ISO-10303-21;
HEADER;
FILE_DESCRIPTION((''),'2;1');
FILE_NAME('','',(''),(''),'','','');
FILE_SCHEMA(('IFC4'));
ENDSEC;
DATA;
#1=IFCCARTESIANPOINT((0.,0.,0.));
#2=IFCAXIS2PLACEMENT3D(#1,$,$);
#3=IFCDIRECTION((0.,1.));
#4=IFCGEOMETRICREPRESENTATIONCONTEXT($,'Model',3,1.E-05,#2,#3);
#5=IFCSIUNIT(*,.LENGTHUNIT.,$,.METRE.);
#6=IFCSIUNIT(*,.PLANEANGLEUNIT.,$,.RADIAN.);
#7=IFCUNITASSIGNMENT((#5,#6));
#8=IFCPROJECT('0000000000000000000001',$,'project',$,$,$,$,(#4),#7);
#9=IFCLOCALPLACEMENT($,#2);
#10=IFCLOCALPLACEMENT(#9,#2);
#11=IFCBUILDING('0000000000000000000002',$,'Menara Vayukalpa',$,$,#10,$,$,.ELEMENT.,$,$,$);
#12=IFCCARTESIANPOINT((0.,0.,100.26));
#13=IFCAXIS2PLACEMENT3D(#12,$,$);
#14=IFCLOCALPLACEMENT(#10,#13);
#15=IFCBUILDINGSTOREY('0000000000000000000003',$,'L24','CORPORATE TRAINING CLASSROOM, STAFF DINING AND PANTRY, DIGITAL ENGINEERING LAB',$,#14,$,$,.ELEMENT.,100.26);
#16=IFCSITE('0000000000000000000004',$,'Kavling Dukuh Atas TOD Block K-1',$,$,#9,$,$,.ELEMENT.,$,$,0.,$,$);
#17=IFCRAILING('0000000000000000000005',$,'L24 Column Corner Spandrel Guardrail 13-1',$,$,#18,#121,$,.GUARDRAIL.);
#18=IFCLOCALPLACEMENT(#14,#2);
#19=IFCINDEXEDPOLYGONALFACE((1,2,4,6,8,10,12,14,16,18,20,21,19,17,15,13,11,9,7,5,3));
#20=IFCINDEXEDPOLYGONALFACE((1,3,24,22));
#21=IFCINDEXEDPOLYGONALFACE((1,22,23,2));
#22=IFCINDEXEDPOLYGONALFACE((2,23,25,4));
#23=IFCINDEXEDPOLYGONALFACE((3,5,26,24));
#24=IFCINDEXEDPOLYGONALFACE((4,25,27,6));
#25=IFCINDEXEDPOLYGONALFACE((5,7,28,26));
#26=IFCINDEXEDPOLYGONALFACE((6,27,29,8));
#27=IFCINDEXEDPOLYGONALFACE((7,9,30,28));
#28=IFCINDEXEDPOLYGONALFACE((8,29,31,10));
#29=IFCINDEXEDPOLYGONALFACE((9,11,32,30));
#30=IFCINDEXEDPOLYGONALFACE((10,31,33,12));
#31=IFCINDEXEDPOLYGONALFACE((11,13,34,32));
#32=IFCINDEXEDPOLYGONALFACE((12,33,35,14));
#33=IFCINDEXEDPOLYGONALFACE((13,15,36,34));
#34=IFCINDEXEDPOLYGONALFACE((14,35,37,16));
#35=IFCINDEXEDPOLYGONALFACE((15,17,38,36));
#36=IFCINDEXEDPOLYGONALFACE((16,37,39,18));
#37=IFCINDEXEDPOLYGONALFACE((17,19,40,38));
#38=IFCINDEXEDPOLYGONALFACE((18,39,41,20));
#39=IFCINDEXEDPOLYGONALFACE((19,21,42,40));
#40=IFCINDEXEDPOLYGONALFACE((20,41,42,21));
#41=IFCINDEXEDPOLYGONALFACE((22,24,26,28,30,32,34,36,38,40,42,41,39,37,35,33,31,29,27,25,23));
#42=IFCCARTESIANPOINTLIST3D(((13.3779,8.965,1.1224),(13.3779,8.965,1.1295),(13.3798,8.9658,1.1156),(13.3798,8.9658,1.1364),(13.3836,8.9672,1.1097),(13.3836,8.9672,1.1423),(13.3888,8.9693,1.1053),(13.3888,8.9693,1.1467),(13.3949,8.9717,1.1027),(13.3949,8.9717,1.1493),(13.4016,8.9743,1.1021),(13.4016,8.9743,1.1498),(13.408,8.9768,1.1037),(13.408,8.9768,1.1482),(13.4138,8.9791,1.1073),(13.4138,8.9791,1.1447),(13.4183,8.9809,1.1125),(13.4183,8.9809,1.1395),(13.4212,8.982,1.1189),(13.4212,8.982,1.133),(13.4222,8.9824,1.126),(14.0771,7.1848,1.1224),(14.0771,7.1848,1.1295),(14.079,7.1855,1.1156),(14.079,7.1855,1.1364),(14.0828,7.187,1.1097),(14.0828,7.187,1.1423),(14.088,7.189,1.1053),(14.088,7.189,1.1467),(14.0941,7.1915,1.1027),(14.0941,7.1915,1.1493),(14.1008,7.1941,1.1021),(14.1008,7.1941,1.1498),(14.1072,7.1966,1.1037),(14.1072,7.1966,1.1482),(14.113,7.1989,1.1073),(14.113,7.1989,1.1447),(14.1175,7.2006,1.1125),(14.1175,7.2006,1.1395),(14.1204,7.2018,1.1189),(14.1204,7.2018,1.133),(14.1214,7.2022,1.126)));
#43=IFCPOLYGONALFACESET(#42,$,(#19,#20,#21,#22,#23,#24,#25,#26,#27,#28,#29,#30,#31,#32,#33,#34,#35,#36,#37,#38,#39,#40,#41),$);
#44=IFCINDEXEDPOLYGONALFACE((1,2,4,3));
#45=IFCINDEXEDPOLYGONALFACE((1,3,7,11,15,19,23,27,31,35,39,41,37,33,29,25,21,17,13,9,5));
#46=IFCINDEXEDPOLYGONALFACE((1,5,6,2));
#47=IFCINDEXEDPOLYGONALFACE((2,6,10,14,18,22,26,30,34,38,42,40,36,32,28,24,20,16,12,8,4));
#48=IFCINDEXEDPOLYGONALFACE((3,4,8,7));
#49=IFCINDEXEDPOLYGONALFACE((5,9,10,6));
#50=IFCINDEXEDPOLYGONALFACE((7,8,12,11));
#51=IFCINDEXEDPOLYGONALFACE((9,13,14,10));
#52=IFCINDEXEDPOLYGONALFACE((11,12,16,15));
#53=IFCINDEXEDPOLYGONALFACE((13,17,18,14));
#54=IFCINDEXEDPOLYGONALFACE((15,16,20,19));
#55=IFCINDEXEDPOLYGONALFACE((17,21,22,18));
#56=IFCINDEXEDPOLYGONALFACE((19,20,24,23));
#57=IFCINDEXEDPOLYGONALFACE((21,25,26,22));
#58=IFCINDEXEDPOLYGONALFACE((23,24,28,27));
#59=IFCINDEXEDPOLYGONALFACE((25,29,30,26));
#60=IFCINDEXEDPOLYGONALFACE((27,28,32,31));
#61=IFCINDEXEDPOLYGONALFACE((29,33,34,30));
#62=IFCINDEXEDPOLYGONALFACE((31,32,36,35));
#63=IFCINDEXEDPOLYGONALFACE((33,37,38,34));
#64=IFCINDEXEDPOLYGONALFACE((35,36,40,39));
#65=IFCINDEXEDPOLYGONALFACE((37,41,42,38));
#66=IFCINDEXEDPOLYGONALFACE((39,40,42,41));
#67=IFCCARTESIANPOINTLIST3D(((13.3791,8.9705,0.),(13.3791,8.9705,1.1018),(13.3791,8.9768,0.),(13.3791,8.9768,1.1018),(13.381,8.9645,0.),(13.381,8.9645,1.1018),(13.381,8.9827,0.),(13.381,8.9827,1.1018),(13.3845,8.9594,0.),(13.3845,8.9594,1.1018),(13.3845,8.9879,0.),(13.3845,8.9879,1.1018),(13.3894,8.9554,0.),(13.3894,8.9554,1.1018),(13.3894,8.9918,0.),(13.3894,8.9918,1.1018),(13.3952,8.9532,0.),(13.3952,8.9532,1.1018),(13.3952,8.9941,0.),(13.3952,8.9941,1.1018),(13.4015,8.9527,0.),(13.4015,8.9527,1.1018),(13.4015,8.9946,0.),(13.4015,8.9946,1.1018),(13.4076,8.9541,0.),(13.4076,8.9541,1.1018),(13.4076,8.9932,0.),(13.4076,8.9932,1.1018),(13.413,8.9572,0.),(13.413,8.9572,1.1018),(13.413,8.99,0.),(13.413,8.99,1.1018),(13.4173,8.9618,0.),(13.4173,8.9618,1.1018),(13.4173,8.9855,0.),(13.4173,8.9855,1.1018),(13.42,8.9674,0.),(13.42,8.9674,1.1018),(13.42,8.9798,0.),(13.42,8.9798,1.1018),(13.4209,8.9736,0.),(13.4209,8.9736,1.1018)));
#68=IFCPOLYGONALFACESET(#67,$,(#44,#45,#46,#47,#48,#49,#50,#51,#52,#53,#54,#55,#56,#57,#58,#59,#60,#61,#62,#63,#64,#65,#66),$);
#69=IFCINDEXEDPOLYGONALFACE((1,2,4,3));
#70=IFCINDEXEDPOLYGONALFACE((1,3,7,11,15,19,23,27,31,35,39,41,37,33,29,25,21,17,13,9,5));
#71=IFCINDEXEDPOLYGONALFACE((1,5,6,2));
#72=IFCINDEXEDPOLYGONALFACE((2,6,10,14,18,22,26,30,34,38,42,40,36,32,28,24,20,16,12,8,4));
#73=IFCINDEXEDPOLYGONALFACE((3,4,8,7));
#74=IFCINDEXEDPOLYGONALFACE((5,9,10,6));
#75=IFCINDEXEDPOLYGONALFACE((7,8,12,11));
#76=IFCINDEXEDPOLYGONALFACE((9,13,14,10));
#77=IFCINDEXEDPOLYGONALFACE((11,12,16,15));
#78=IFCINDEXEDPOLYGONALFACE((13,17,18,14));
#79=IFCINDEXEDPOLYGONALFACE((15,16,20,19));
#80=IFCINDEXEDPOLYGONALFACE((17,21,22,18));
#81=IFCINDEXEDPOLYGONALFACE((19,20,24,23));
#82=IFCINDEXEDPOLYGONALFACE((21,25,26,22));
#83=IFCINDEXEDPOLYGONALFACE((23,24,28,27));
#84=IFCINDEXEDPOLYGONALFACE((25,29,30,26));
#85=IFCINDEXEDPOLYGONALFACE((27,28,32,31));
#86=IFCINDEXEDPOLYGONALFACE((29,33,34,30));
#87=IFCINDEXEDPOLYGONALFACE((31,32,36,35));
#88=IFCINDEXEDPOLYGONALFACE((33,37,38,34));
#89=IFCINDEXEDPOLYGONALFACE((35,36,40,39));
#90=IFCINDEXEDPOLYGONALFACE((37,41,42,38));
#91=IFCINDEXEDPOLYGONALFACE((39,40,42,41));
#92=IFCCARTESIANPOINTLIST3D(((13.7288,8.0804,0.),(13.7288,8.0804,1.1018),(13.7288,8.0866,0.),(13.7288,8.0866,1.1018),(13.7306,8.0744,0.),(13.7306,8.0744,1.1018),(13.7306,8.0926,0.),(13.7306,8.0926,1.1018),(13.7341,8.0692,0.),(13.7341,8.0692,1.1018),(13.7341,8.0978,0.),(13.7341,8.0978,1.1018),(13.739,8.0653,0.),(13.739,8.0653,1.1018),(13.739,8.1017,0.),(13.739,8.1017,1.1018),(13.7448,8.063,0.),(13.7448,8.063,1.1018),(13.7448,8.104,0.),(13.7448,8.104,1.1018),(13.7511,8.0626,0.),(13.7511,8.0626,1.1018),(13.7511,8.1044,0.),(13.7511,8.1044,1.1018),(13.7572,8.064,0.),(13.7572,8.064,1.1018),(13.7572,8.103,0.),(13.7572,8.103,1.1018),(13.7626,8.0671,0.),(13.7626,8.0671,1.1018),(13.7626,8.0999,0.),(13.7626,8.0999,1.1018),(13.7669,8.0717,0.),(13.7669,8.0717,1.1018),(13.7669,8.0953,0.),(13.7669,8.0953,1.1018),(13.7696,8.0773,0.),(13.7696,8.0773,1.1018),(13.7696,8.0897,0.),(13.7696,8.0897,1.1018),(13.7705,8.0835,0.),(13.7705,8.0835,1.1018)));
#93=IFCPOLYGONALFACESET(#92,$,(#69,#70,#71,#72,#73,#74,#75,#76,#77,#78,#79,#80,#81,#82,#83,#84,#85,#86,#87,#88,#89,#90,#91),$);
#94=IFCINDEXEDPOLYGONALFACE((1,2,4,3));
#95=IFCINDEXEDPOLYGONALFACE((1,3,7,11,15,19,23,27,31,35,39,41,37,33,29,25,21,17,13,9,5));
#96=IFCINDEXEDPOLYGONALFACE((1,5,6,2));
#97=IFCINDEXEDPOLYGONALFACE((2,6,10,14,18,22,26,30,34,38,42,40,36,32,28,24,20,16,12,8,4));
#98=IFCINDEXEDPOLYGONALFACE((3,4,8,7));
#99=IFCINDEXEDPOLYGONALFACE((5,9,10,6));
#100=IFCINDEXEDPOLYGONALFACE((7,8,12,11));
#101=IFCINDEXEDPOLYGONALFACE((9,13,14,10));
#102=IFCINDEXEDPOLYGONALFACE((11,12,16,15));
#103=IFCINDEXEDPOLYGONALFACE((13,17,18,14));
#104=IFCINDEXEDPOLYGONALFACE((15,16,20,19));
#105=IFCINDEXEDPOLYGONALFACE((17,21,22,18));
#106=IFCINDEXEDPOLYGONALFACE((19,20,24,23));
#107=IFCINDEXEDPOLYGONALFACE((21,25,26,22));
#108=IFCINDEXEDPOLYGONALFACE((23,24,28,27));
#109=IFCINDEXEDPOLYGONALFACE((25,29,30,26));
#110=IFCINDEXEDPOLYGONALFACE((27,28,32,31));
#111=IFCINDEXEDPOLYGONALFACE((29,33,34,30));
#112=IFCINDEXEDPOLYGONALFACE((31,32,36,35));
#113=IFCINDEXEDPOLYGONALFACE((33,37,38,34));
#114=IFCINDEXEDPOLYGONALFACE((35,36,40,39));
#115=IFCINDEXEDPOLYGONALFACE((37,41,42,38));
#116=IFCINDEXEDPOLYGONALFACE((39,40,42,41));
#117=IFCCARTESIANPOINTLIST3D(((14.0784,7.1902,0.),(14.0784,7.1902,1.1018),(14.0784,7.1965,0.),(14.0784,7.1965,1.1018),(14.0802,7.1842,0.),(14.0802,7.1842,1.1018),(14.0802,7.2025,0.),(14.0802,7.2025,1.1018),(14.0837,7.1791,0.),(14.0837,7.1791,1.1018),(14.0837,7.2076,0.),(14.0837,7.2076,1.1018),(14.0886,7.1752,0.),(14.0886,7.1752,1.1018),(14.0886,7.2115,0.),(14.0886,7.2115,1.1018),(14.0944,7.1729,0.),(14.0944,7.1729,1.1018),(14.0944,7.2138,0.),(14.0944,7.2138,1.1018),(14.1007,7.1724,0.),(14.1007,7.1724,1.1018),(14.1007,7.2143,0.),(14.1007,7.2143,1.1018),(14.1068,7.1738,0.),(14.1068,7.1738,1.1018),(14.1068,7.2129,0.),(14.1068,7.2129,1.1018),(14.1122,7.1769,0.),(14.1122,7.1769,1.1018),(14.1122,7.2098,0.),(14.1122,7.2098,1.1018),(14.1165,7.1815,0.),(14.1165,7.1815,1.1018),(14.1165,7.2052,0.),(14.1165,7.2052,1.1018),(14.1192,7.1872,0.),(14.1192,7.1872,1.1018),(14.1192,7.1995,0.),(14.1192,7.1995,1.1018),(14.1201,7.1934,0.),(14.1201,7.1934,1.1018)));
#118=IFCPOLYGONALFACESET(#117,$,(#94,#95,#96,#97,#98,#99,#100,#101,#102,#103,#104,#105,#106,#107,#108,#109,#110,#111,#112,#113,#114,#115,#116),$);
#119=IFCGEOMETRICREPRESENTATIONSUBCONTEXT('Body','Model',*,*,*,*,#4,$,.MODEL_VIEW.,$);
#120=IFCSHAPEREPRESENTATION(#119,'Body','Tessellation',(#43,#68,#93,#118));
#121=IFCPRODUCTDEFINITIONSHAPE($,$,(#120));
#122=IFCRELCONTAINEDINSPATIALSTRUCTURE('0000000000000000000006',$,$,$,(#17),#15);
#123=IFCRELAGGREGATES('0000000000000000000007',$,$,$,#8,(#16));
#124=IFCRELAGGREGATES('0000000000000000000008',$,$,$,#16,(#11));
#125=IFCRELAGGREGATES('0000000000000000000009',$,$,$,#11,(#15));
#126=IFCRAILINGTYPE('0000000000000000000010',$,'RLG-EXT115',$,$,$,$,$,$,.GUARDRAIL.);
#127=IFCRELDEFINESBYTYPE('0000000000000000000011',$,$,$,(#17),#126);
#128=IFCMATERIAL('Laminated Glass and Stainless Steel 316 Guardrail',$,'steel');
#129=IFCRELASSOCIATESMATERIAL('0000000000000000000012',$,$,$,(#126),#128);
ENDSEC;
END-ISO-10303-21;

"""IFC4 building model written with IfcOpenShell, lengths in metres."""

from ifc_helpers import new_model, si_unit, direction, frame, origin, origin_2d, place, context, subcontext, project, spatial, circle, extrude, material, type_object, element, save


model = new_model("IFC4")

# Units and contexts
model_context = context("Model", 3, precision=1e-05, world=origin(), true_north=direction((0.0, 1.0)))
body_context = subcontext(model_context, "Body", "Model", "MODEL_VIEW")
ifc_project = project(units=[si_unit("LENGTHUNIT", "METRE"), si_unit("PLANEANGLEUNIT", "RADIAN")], contexts=[model_context])

# Site, building, storey
site_placement = place(None, origin())
site = spatial("IfcSite", under=ifc_project, at=site_placement, Name="Kavling Dukuh Atas TOD Block K-1", CompositionType="ELEMENT", RefElevation=0.0)
building_placement = place(site_placement, origin())
building = spatial("IfcBuilding", under=site, at=building_placement, Name="Menara Vayukalpa", CompositionType="ELEMENT")
storey_placement = place(building_placement, frame((0.0, 0.0, 100.26)))
storey = spatial("IfcBuildingStorey", under=building, at=storey_placement, Name="L24", Description="CORPORATE TRAINING CLASSROOM, STAFF DINING AND PANTRY, DIGITAL ENGINEERING LAB", CompositionType="ELEMENT", Elevation=100.26)

# Railing
ifc_material_1 = material(Name="Laminated Glass and Stainless Steel 316 Guardrail", Category="steel")
railing_type = type_object("IfcRailingType", Name="RLG-EXT115", PredefinedType="GUARDRAIL", material=ifc_material_1)
railing_1_placement = place(storey_placement, frame((13.3999, 8.9736, 0.0)))
element("IfcRailing", 1, at=railing_1_placement, inside=storey, type_object=railing_type, Name="L24 Column Corner Spandrel Guardrail 13-1", PredefinedType="GUARDRAIL", context=body_context, shape_type="SweptSolid", body=[
    extrude(circle(Radius=0.0239, at=origin_2d()), frame((0.0, 0.0, 1.126), z_axis=(0.365573, -0.930783, 0.0), x_axis=(0.930783, 0.365573, 0.0)), (0.0, 0.0, 1.0), 1.9126),
    extrude(circle(Radius=0.021, at=origin_2d()), origin(), (0.0, 0.0, 1.0), 1.1018),
    extrude(circle(Radius=0.021, at=origin_2d()), frame((0.3496, -0.8901, 0.0)), (0.0, 0.0, 1.0), 1.1018),
    extrude(circle(Radius=0.021, at=origin_2d()), frame((0.6992, -1.7803, 0.0)), (0.0, 0.0, 1.0), 1.1018),
])

save(model, "model.ifc")
